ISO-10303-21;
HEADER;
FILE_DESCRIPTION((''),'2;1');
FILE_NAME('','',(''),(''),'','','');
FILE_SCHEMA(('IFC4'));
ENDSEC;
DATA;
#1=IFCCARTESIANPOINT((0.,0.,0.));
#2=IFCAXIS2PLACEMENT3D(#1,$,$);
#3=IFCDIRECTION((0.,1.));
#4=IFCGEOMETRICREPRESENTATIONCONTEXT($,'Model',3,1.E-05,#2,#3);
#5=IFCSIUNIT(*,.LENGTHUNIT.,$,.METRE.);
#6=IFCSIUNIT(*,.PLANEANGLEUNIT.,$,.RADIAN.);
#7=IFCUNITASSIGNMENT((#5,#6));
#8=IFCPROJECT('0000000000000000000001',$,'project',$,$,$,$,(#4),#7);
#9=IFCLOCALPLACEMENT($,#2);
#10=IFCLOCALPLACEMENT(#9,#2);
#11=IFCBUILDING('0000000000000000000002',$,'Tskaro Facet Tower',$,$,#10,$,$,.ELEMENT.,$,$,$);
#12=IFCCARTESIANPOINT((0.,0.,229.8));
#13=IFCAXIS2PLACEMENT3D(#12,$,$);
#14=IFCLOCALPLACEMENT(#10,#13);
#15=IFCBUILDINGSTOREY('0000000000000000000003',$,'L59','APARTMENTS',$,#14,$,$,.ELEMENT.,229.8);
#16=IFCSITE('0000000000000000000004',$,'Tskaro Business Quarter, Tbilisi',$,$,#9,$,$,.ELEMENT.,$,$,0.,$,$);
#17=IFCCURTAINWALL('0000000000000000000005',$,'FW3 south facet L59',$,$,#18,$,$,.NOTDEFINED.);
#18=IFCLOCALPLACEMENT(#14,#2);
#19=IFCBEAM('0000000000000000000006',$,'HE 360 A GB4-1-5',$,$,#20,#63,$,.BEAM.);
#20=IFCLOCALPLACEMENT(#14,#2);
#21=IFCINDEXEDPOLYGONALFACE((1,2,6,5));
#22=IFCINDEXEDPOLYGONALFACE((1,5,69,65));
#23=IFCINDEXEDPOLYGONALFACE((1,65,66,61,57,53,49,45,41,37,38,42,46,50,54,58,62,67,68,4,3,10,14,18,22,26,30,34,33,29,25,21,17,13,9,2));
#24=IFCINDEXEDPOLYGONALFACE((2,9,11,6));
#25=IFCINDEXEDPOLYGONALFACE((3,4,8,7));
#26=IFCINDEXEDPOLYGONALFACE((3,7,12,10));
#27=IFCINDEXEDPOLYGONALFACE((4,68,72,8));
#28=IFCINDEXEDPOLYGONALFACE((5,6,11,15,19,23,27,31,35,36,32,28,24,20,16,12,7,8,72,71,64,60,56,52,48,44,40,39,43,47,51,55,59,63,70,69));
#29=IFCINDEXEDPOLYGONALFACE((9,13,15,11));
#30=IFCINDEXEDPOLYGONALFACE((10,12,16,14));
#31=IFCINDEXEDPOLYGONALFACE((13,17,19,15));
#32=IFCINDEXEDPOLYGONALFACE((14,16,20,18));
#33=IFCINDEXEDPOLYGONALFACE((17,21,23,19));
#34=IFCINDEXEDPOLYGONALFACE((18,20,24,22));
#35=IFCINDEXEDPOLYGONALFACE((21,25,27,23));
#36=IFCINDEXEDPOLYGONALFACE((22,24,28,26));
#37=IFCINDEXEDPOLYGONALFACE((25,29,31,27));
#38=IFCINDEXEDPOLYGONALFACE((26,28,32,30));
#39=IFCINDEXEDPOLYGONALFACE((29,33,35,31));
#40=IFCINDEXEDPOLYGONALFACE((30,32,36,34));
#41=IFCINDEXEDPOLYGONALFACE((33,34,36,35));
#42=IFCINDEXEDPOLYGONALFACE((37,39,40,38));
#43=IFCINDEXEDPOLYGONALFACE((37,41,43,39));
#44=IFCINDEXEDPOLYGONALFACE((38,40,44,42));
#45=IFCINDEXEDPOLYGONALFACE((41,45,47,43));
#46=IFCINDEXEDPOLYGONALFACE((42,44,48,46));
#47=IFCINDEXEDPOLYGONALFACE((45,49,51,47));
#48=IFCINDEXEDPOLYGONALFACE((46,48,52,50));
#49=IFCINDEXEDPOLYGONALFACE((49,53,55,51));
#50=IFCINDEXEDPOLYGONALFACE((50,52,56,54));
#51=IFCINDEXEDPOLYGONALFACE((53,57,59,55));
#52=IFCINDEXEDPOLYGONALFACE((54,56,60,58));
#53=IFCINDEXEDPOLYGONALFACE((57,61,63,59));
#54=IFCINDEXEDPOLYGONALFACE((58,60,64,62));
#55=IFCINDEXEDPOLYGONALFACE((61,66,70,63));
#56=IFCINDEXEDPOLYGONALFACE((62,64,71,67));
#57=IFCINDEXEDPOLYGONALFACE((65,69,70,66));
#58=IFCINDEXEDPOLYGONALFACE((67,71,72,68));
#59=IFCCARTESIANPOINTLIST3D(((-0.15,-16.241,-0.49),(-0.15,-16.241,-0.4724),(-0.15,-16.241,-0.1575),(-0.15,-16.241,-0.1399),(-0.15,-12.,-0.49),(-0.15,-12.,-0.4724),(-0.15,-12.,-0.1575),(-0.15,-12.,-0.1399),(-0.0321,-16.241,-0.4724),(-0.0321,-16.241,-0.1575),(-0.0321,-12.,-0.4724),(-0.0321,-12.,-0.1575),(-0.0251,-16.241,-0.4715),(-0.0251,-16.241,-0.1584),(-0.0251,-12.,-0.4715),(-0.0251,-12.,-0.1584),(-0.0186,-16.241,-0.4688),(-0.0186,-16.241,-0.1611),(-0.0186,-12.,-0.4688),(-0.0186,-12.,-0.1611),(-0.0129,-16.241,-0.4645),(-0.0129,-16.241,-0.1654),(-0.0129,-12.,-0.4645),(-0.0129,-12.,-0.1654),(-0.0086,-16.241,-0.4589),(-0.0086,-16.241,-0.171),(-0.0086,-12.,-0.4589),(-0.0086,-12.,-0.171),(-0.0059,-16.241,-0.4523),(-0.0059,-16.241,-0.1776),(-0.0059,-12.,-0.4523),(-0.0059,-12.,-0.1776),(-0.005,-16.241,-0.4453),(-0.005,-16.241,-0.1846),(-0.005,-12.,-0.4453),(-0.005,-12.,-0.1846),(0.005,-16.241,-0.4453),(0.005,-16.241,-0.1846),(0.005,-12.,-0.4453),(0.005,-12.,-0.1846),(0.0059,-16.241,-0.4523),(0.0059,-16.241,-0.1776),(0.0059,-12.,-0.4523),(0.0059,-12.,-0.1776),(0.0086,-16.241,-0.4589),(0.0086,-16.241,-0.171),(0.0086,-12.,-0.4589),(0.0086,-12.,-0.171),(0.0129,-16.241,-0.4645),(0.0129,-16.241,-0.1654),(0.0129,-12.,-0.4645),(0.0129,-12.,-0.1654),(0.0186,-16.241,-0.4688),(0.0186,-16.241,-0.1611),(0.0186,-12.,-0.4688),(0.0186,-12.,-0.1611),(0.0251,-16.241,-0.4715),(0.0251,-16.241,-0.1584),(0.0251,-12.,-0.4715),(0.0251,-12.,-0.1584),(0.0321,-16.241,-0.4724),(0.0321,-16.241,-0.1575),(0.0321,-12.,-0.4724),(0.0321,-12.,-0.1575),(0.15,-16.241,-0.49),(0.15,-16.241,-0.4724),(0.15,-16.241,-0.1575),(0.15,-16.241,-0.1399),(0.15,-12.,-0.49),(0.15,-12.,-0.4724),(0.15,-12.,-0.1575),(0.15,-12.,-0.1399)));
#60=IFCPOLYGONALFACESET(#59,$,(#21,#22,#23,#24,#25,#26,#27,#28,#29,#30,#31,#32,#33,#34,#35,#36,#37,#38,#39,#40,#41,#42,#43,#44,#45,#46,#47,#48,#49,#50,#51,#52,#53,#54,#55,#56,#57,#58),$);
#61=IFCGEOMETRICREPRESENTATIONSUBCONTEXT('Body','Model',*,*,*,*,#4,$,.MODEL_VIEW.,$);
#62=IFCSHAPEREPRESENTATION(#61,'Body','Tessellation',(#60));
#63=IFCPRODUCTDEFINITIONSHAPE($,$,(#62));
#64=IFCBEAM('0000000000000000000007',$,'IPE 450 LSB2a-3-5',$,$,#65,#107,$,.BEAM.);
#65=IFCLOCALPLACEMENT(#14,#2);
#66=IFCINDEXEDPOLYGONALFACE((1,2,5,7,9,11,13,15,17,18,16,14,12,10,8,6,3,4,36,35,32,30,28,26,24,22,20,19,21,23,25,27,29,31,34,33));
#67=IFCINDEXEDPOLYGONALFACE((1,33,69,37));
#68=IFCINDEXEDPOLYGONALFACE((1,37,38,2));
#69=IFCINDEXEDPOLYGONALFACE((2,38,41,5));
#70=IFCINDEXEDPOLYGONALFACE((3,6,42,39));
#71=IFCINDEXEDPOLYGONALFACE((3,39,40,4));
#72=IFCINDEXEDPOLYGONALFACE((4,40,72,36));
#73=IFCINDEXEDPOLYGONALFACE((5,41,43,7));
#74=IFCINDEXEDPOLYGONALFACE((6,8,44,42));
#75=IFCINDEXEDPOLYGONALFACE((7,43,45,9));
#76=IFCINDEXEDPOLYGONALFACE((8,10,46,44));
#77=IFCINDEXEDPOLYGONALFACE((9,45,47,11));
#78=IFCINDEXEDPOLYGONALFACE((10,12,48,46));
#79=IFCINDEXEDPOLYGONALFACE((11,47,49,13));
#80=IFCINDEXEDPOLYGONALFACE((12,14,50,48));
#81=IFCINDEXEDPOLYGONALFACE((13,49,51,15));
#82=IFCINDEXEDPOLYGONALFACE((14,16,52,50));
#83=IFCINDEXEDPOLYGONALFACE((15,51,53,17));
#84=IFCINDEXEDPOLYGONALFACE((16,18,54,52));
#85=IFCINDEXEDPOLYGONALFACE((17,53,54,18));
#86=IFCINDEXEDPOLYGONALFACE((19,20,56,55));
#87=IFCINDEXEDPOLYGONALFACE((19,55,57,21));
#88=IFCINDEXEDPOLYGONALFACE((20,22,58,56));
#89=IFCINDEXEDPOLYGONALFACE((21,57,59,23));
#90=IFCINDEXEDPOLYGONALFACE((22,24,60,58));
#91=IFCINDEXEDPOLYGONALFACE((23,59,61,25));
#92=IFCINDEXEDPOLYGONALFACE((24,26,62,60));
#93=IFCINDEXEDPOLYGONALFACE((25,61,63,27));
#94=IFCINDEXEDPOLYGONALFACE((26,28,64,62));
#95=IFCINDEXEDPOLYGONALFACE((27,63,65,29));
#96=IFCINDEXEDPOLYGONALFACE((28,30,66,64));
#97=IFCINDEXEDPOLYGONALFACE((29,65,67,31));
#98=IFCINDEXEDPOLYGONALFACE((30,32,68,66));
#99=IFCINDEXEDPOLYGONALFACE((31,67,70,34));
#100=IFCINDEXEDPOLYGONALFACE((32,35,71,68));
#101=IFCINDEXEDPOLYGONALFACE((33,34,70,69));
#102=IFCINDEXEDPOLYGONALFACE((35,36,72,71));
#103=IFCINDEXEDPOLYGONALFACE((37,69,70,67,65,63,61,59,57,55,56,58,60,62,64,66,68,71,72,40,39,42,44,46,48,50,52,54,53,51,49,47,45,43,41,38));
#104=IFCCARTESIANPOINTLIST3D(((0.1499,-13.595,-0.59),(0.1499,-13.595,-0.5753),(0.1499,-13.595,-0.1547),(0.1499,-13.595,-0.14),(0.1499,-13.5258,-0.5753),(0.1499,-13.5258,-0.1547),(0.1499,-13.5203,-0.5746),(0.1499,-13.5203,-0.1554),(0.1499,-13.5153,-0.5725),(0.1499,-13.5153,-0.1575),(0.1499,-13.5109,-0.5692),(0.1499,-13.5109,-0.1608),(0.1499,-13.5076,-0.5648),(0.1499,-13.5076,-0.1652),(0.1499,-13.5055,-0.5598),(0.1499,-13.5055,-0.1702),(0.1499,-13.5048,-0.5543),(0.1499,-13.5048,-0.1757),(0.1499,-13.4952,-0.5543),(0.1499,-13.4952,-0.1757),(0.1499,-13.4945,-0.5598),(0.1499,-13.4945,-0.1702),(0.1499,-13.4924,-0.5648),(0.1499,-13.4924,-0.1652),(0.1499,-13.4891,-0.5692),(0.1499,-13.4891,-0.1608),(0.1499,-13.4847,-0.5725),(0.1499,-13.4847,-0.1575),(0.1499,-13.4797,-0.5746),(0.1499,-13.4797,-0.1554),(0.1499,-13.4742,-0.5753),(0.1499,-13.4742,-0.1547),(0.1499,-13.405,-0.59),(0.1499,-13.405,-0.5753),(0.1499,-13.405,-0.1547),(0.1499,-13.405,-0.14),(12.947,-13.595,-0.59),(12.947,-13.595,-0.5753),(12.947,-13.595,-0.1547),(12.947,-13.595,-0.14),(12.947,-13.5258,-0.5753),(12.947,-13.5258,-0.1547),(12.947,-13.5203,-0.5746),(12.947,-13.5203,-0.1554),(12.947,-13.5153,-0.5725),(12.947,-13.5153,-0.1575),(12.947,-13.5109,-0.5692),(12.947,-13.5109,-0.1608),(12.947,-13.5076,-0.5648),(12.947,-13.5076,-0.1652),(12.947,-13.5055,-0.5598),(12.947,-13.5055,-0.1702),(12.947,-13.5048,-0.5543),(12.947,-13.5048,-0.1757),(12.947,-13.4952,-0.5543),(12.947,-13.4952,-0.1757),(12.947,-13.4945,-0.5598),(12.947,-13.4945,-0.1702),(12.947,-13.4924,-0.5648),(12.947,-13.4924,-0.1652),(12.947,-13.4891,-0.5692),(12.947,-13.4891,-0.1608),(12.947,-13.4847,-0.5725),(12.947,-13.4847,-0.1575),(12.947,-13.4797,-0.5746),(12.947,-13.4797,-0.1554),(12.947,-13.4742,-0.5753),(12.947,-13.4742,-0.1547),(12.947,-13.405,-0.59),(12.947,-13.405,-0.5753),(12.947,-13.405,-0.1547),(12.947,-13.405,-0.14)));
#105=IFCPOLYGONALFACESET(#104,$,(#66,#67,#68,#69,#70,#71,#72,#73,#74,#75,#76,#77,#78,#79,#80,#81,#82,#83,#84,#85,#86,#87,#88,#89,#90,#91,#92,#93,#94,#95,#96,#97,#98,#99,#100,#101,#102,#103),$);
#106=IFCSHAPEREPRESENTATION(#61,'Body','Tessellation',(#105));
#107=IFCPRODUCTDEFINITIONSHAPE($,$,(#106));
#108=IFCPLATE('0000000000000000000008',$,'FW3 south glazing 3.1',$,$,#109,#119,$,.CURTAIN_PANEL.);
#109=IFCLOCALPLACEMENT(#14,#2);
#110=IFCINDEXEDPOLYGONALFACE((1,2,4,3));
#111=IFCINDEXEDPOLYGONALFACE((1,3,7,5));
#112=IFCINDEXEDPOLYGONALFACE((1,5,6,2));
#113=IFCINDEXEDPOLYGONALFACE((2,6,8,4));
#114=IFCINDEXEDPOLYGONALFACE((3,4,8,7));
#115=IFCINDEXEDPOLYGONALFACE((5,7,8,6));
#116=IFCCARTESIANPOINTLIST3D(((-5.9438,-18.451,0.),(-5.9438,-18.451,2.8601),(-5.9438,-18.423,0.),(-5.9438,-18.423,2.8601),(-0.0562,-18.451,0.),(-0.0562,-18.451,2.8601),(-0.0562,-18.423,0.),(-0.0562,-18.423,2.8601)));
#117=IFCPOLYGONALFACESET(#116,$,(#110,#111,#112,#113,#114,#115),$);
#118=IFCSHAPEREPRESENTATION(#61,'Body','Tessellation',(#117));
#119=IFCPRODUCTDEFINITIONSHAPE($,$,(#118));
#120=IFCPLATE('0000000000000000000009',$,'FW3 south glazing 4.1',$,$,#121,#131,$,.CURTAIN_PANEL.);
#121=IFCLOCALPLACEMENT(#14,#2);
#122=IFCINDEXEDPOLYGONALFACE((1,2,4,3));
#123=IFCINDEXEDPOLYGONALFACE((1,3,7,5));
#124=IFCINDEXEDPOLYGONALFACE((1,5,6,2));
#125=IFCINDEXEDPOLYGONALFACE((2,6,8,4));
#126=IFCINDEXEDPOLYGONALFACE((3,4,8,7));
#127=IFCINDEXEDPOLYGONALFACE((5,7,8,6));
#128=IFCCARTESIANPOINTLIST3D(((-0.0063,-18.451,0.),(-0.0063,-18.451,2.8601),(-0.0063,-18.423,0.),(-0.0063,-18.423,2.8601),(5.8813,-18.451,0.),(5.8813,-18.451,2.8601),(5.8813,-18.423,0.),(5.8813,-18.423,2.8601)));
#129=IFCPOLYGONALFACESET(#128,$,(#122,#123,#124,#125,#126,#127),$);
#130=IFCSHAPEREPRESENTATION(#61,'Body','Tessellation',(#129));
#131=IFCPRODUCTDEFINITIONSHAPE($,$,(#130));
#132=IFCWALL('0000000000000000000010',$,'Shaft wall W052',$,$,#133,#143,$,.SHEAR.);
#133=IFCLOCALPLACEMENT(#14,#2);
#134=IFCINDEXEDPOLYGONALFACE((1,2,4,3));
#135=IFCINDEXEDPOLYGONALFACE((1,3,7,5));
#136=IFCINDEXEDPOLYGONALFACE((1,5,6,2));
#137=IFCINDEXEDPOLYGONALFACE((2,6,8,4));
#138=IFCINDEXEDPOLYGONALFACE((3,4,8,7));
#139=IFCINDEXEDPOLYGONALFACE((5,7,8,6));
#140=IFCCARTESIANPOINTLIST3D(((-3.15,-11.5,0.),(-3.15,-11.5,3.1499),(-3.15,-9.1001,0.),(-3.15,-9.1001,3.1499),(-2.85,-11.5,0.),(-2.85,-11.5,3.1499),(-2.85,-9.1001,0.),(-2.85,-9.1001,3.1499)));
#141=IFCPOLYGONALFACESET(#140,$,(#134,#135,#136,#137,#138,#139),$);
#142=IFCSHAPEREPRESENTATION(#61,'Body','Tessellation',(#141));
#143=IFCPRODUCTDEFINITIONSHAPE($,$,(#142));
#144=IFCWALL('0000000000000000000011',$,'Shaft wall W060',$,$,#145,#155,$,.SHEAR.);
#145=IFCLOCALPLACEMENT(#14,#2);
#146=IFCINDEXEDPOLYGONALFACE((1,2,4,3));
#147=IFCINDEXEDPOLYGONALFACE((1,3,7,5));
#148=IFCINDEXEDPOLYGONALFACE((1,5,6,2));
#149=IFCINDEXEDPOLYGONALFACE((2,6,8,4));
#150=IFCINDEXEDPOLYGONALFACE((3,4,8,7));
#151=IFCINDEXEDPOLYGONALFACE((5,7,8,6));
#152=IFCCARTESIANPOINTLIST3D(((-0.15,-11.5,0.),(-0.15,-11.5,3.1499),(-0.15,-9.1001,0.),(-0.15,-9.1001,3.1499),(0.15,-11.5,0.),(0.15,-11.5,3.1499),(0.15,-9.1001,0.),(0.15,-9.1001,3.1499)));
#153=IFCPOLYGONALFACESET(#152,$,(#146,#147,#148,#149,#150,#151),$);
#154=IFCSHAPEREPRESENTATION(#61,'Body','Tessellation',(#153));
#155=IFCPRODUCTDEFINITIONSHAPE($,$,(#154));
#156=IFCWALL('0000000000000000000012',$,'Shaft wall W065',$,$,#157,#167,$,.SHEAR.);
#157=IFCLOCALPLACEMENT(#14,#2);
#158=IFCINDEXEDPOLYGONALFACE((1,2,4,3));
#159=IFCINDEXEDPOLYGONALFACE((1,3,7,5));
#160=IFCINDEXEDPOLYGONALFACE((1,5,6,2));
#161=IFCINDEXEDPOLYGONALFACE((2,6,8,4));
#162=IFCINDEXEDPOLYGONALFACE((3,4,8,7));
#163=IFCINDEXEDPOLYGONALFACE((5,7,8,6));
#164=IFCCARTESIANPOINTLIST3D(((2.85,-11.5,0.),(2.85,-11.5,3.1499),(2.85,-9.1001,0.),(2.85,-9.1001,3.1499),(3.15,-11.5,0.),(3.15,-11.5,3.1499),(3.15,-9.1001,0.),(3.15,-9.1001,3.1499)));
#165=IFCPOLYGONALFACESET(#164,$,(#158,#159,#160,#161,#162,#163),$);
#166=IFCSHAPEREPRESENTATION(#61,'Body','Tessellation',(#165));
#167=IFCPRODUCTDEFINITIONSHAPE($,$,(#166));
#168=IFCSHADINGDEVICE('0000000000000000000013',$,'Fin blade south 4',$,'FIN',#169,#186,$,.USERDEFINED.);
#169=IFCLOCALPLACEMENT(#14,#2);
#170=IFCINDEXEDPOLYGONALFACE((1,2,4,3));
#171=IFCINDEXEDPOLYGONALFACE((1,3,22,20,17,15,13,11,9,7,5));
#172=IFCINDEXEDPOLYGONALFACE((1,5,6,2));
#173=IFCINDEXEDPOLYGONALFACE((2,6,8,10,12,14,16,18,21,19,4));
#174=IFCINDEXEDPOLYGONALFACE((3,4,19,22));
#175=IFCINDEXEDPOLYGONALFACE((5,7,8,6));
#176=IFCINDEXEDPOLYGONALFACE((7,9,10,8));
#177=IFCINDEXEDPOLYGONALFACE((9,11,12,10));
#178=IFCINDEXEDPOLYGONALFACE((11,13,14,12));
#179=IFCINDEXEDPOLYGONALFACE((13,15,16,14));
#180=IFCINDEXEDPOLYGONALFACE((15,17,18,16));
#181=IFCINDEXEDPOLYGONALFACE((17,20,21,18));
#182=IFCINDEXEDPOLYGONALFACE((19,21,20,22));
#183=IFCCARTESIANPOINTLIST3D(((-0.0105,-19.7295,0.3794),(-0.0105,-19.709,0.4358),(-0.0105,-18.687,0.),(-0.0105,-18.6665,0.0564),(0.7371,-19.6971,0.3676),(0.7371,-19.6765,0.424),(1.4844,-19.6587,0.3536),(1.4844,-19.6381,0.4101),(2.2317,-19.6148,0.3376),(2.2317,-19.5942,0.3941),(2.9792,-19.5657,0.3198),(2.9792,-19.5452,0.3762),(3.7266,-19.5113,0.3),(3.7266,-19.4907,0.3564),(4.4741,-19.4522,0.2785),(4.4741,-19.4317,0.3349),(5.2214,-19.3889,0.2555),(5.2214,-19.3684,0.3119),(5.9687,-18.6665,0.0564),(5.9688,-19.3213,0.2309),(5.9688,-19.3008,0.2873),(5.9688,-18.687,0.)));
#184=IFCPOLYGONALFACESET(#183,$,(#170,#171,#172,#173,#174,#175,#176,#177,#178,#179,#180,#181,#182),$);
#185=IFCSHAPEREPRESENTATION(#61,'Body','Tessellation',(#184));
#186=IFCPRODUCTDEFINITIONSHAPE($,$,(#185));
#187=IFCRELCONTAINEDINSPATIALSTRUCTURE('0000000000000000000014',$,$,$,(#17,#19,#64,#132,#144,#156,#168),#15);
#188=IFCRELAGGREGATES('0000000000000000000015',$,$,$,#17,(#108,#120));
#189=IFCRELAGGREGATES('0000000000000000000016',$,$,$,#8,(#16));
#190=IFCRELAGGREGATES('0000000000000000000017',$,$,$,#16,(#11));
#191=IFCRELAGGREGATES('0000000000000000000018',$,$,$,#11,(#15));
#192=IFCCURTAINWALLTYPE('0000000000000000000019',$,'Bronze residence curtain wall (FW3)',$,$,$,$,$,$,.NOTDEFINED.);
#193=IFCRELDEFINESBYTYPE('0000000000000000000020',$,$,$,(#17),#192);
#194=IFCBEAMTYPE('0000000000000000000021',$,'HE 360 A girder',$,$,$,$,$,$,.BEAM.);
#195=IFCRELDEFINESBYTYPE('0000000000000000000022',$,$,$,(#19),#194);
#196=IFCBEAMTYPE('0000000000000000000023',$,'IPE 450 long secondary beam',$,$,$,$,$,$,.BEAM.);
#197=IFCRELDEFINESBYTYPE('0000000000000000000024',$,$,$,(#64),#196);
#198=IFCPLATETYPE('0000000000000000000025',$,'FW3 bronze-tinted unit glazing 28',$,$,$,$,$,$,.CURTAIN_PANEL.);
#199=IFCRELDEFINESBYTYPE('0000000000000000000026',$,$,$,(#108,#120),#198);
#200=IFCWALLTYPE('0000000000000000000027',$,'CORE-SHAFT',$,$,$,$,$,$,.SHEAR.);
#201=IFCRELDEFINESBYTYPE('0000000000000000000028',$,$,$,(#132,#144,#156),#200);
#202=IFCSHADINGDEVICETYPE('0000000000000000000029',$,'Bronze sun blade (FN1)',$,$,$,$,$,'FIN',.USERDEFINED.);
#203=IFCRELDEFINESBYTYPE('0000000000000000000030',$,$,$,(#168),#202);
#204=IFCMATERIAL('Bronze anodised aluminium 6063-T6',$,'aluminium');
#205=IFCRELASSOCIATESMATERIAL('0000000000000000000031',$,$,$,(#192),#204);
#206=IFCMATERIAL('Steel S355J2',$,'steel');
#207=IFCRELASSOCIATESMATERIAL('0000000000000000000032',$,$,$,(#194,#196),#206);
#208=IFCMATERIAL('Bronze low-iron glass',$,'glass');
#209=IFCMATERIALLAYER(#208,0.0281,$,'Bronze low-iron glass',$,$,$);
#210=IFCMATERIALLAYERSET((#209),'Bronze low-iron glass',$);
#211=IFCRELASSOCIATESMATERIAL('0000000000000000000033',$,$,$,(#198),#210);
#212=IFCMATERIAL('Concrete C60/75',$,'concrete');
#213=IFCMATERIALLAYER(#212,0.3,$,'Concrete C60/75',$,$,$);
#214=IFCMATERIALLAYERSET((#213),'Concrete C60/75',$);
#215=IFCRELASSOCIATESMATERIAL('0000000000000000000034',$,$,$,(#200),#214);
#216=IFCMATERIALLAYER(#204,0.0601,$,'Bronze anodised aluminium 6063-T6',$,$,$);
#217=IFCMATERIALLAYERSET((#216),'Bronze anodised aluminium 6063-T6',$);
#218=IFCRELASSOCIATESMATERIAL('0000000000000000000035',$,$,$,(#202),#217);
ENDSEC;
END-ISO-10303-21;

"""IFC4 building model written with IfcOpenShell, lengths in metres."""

from ifc_helpers import new_model, si_unit, direction, frame, frame_2d, origin, origin_2d, place, context, subcontext, project, spatial, polyline, rectangle, i_section, outline, extrude, material, layer, layer_set, material_profile, profile_set, type_object, element, aggregate, save


model = new_model("IFC4")

# Units and contexts
model_context = context("Model", 3, precision=1e-05, world=origin(), true_north=direction((0.0, 1.0)))
body_context = subcontext(model_context, "Body", "Model", "MODEL_VIEW")
ifc_project = project(units=[si_unit("LENGTHUNIT", "METRE"), si_unit("PLANEANGLEUNIT", "RADIAN")], contexts=[model_context])

# Site, building, storey
site_placement = place(None, origin())
site = spatial("IfcSite", under=ifc_project, at=site_placement, Name="Tskaro Business Quarter, Tbilisi", CompositionType="ELEMENT", RefElevation=0.0)
building_placement = place(site_placement, origin())
building = spatial("IfcBuilding", under=site, at=building_placement, Name="Tskaro Facet Tower", CompositionType="ELEMENT")
storey_placement = place(building_placement, frame((0.0, 0.0, 229.8)))
storey = spatial("IfcBuildingStorey", under=building, at=storey_placement, Name="L59", Description="APARTMENTS", CompositionType="ELEMENT", Elevation=229.8)

# Shared definitions
ifc_material_1 = material(Name="Steel S355J2", Category="steel")

# Curtain wall
ifc_material_2 = material(Name="Bronze anodised aluminium 6063-T6", Category="aluminium")
curtain_wall_type = type_object("IfcCurtainWallType", Name="Bronze residence curtain wall (FW3)", PredefinedType="NOTDEFINED", material=ifc_material_2)
curtain_wall_placement = place(storey_placement, origin())
curtain_wall = element("IfcCurtainWall", 1, at=curtain_wall_placement, inside=storey, type_object=curtain_wall_type, Name="FW3 south facet L59", PredefinedType="NOTDEFINED")

# Beams
ifc_material_profile_1 = material_profile(ifc_material_1, i_section(OverallWidth=0.3, OverallDepth=0.3501, WebThickness=0.01, FlangeThickness=0.0176, FilletRadius=0.0271, at=origin_2d()), Name="HE 360 A")
ifc_profile_set_1 = profile_set([ifc_material_profile_1], Name="Steel S355J2")
beam_type_1 = type_object("IfcBeamType", Name="HE 360 A girder", PredefinedType="BEAM", material=ifc_profile_set_1)
beam_1_placement = place(storey_placement, frame((0.0, -16.241, -0.3149), z_axis=(0.0, 1.0, 0.0), x_axis=(-1.0, 0.0, 0.0)))
element("IfcBeam", 2, at=beam_1_placement, inside=storey, type_object=beam_type_1, Name="HE 360 A GB4-1-5", PredefinedType="BEAM", context=body_context, shape_type="SweptSolid", body=[
    extrude(i_section(OverallWidth=0.3, OverallDepth=0.3501, WebThickness=0.01, FlangeThickness=0.0176, FilletRadius=0.0271, at=origin_2d()), origin(), (0.0, 0.0, 1.0), 4.241),
])
ifc_material_profile_2 = material_profile(ifc_material_1, i_section(OverallWidth=0.1899, OverallDepth=0.45, WebThickness=0.0095, FlangeThickness=0.0146, FilletRadius=0.021, at=origin_2d()), Name="IPE 450")
ifc_profile_set_2 = profile_set([ifc_material_profile_2], Name="Steel S355J2")
beam_type_2 = type_object("IfcBeamType", Name="IPE 450 long secondary beam", PredefinedType="BEAM", material=ifc_profile_set_2)
beam_2_placement = place(storey_placement, frame((0.1499, -13.5, -0.365), z_axis=(1.0, 0.0, 0.0), x_axis=(0.0, 1.0, 0.0)))
element("IfcBeam", 3, at=beam_2_placement, inside=storey, type_object=beam_type_2, Name="IPE 450 LSB2a-3-5", PredefinedType="BEAM", context=body_context, shape_type="SweptSolid", body=[
    extrude(i_section(OverallWidth=0.1899, OverallDepth=0.45, WebThickness=0.0095, FlangeThickness=0.0146, FilletRadius=0.021, at=origin_2d()), origin(), (0.0, 0.0, 1.0), 12.7971),
])

# Plates
ifc_material_3 = material(Name="Bronze low-iron glass", Category="glass")
ifc_layer_1 = layer(ifc_material_3, 0.0281, Name="Bronze low-iron glass")
ifc_layer_set_1 = layer_set([ifc_layer_1], Name="Bronze low-iron glass")
plate_type = type_object("IfcPlateType", Name="FW3 bronze-tinted unit glazing 28", PredefinedType="CURTAIN_PANEL", material=ifc_layer_set_1)
plate_1_placement = place(storey_placement, frame((-3.0, -18.437, 0.0), z_axis=(0.0, 0.0, 1.0), x_axis=(1.0, 0.0, 0.0)))
plate_1 = element("IfcPlate", 4, at=plate_1_placement, type_object=plate_type, Name="FW3 south glazing 3.1", PredefinedType="CURTAIN_PANEL", context=body_context, shape_type="SweptSolid", body=[
    extrude(rectangle(XDim=5.8877, YDim=0.0281, at=origin_2d()), origin(), (0.0, 0.0, 1.0), 2.8601),
])
plate_2_placement = place(storey_placement, frame((2.9375, -18.437, 0.0), z_axis=(0.0, 0.0, 1.0), x_axis=(1.0, 0.0, 0.0)))
plate_2 = element("IfcPlate", 5, at=plate_2_placement, type_object=plate_type, Name="FW3 south glazing 4.1", PredefinedType="CURTAIN_PANEL", context=body_context, shape_type="SweptSolid", body=[
    extrude(rectangle(XDim=5.8877, YDim=0.0281, at=origin_2d()), origin(), (0.0, 0.0, 1.0), 2.8601),
])
aggregate(curtain_wall, [plate_1, plate_2])

# Walls
ifc_material_4 = material(Name="Concrete C60/75", Category="concrete")
ifc_layer_2 = layer(ifc_material_4, 0.3, Name="Concrete C60/75")
ifc_layer_set_2 = layer_set([ifc_layer_2], Name="Concrete C60/75")
wall_type = type_object("IfcWallType", Name="CORE-SHAFT", PredefinedType="SHEAR", material=ifc_layer_set_2)
for number, where, z_axis, x_axis, name in (
    (6, (-3.0, -11.5, 0.0), (0.0, 0.0, 1.0), (0.0, 1.0, 0.0), "Shaft wall W052"),
    (7, (0.0, -11.5, 0.0), (0.0, 0.0, 1.0), (0.0, 1.0, 0.0), "Shaft wall W060"),
    (8, (3.0, -11.5, 0.0), (0.0, 0.0, 1.0), (0.0, 1.0, 0.0), "Shaft wall W065"),
):
    element("IfcWall", number, at=place(storey_placement, frame(where, z_axis=z_axis, x_axis=x_axis)), inside=storey, type_object=wall_type, Name=name, PredefinedType="SHEAR", context=body_context, shape_type="SweptSolid", body=[
        extrude(rectangle(XDim=2.3999, YDim=0.3, at=frame_2d((1.2, 0.0))), origin(), (0.0, 0.0, 1.0), 3.1499),
    ])

# Shading device
ifc_layer_3 = layer(ifc_material_2, 0.0601, Name="Bronze anodised aluminium 6063-T6")
ifc_layer_set_3 = layer_set([ifc_layer_3], Name="Bronze anodised aluminium 6063-T6")
shading_device_type = type_object("IfcShadingDeviceType", Name="Bronze sun blade (FN1)", ElementType="FIN", PredefinedType="USERDEFINED", material=ifc_layer_set_3)
shading_device_1_placement = place(storey_placement, frame((-0.0105, -18.6665, 0.0564), z_axis=(-0.000009, 0.342017, 0.939694), x_axis=(1.0, 0.000003, 0.000009)))
element("IfcShadingDevice", 9, at=shading_device_1_placement, inside=storey, type_object=shading_device_type, Name="Fin blade south 4", ObjectType="FIN", PredefinedType="USERDEFINED", context=body_context, shape_type="SweptSolid", body=[
    extrude(outline(polyline([(0.0, 0.0), (5.9792, 0.0), (5.9792, -0.675), (5.2319, -0.7469), (4.4846, -0.8143), (3.7371, -0.8771), (2.9897, -0.9351), (2.2422, -0.9873), (1.4949, -1.034), (0.7476, -1.0749), (0.0, -1.1094), (0.0, 0.0)])), origin(), (0.0, 0.0, -1.0), 0.0601),
])

save(model, "model.ifc")
